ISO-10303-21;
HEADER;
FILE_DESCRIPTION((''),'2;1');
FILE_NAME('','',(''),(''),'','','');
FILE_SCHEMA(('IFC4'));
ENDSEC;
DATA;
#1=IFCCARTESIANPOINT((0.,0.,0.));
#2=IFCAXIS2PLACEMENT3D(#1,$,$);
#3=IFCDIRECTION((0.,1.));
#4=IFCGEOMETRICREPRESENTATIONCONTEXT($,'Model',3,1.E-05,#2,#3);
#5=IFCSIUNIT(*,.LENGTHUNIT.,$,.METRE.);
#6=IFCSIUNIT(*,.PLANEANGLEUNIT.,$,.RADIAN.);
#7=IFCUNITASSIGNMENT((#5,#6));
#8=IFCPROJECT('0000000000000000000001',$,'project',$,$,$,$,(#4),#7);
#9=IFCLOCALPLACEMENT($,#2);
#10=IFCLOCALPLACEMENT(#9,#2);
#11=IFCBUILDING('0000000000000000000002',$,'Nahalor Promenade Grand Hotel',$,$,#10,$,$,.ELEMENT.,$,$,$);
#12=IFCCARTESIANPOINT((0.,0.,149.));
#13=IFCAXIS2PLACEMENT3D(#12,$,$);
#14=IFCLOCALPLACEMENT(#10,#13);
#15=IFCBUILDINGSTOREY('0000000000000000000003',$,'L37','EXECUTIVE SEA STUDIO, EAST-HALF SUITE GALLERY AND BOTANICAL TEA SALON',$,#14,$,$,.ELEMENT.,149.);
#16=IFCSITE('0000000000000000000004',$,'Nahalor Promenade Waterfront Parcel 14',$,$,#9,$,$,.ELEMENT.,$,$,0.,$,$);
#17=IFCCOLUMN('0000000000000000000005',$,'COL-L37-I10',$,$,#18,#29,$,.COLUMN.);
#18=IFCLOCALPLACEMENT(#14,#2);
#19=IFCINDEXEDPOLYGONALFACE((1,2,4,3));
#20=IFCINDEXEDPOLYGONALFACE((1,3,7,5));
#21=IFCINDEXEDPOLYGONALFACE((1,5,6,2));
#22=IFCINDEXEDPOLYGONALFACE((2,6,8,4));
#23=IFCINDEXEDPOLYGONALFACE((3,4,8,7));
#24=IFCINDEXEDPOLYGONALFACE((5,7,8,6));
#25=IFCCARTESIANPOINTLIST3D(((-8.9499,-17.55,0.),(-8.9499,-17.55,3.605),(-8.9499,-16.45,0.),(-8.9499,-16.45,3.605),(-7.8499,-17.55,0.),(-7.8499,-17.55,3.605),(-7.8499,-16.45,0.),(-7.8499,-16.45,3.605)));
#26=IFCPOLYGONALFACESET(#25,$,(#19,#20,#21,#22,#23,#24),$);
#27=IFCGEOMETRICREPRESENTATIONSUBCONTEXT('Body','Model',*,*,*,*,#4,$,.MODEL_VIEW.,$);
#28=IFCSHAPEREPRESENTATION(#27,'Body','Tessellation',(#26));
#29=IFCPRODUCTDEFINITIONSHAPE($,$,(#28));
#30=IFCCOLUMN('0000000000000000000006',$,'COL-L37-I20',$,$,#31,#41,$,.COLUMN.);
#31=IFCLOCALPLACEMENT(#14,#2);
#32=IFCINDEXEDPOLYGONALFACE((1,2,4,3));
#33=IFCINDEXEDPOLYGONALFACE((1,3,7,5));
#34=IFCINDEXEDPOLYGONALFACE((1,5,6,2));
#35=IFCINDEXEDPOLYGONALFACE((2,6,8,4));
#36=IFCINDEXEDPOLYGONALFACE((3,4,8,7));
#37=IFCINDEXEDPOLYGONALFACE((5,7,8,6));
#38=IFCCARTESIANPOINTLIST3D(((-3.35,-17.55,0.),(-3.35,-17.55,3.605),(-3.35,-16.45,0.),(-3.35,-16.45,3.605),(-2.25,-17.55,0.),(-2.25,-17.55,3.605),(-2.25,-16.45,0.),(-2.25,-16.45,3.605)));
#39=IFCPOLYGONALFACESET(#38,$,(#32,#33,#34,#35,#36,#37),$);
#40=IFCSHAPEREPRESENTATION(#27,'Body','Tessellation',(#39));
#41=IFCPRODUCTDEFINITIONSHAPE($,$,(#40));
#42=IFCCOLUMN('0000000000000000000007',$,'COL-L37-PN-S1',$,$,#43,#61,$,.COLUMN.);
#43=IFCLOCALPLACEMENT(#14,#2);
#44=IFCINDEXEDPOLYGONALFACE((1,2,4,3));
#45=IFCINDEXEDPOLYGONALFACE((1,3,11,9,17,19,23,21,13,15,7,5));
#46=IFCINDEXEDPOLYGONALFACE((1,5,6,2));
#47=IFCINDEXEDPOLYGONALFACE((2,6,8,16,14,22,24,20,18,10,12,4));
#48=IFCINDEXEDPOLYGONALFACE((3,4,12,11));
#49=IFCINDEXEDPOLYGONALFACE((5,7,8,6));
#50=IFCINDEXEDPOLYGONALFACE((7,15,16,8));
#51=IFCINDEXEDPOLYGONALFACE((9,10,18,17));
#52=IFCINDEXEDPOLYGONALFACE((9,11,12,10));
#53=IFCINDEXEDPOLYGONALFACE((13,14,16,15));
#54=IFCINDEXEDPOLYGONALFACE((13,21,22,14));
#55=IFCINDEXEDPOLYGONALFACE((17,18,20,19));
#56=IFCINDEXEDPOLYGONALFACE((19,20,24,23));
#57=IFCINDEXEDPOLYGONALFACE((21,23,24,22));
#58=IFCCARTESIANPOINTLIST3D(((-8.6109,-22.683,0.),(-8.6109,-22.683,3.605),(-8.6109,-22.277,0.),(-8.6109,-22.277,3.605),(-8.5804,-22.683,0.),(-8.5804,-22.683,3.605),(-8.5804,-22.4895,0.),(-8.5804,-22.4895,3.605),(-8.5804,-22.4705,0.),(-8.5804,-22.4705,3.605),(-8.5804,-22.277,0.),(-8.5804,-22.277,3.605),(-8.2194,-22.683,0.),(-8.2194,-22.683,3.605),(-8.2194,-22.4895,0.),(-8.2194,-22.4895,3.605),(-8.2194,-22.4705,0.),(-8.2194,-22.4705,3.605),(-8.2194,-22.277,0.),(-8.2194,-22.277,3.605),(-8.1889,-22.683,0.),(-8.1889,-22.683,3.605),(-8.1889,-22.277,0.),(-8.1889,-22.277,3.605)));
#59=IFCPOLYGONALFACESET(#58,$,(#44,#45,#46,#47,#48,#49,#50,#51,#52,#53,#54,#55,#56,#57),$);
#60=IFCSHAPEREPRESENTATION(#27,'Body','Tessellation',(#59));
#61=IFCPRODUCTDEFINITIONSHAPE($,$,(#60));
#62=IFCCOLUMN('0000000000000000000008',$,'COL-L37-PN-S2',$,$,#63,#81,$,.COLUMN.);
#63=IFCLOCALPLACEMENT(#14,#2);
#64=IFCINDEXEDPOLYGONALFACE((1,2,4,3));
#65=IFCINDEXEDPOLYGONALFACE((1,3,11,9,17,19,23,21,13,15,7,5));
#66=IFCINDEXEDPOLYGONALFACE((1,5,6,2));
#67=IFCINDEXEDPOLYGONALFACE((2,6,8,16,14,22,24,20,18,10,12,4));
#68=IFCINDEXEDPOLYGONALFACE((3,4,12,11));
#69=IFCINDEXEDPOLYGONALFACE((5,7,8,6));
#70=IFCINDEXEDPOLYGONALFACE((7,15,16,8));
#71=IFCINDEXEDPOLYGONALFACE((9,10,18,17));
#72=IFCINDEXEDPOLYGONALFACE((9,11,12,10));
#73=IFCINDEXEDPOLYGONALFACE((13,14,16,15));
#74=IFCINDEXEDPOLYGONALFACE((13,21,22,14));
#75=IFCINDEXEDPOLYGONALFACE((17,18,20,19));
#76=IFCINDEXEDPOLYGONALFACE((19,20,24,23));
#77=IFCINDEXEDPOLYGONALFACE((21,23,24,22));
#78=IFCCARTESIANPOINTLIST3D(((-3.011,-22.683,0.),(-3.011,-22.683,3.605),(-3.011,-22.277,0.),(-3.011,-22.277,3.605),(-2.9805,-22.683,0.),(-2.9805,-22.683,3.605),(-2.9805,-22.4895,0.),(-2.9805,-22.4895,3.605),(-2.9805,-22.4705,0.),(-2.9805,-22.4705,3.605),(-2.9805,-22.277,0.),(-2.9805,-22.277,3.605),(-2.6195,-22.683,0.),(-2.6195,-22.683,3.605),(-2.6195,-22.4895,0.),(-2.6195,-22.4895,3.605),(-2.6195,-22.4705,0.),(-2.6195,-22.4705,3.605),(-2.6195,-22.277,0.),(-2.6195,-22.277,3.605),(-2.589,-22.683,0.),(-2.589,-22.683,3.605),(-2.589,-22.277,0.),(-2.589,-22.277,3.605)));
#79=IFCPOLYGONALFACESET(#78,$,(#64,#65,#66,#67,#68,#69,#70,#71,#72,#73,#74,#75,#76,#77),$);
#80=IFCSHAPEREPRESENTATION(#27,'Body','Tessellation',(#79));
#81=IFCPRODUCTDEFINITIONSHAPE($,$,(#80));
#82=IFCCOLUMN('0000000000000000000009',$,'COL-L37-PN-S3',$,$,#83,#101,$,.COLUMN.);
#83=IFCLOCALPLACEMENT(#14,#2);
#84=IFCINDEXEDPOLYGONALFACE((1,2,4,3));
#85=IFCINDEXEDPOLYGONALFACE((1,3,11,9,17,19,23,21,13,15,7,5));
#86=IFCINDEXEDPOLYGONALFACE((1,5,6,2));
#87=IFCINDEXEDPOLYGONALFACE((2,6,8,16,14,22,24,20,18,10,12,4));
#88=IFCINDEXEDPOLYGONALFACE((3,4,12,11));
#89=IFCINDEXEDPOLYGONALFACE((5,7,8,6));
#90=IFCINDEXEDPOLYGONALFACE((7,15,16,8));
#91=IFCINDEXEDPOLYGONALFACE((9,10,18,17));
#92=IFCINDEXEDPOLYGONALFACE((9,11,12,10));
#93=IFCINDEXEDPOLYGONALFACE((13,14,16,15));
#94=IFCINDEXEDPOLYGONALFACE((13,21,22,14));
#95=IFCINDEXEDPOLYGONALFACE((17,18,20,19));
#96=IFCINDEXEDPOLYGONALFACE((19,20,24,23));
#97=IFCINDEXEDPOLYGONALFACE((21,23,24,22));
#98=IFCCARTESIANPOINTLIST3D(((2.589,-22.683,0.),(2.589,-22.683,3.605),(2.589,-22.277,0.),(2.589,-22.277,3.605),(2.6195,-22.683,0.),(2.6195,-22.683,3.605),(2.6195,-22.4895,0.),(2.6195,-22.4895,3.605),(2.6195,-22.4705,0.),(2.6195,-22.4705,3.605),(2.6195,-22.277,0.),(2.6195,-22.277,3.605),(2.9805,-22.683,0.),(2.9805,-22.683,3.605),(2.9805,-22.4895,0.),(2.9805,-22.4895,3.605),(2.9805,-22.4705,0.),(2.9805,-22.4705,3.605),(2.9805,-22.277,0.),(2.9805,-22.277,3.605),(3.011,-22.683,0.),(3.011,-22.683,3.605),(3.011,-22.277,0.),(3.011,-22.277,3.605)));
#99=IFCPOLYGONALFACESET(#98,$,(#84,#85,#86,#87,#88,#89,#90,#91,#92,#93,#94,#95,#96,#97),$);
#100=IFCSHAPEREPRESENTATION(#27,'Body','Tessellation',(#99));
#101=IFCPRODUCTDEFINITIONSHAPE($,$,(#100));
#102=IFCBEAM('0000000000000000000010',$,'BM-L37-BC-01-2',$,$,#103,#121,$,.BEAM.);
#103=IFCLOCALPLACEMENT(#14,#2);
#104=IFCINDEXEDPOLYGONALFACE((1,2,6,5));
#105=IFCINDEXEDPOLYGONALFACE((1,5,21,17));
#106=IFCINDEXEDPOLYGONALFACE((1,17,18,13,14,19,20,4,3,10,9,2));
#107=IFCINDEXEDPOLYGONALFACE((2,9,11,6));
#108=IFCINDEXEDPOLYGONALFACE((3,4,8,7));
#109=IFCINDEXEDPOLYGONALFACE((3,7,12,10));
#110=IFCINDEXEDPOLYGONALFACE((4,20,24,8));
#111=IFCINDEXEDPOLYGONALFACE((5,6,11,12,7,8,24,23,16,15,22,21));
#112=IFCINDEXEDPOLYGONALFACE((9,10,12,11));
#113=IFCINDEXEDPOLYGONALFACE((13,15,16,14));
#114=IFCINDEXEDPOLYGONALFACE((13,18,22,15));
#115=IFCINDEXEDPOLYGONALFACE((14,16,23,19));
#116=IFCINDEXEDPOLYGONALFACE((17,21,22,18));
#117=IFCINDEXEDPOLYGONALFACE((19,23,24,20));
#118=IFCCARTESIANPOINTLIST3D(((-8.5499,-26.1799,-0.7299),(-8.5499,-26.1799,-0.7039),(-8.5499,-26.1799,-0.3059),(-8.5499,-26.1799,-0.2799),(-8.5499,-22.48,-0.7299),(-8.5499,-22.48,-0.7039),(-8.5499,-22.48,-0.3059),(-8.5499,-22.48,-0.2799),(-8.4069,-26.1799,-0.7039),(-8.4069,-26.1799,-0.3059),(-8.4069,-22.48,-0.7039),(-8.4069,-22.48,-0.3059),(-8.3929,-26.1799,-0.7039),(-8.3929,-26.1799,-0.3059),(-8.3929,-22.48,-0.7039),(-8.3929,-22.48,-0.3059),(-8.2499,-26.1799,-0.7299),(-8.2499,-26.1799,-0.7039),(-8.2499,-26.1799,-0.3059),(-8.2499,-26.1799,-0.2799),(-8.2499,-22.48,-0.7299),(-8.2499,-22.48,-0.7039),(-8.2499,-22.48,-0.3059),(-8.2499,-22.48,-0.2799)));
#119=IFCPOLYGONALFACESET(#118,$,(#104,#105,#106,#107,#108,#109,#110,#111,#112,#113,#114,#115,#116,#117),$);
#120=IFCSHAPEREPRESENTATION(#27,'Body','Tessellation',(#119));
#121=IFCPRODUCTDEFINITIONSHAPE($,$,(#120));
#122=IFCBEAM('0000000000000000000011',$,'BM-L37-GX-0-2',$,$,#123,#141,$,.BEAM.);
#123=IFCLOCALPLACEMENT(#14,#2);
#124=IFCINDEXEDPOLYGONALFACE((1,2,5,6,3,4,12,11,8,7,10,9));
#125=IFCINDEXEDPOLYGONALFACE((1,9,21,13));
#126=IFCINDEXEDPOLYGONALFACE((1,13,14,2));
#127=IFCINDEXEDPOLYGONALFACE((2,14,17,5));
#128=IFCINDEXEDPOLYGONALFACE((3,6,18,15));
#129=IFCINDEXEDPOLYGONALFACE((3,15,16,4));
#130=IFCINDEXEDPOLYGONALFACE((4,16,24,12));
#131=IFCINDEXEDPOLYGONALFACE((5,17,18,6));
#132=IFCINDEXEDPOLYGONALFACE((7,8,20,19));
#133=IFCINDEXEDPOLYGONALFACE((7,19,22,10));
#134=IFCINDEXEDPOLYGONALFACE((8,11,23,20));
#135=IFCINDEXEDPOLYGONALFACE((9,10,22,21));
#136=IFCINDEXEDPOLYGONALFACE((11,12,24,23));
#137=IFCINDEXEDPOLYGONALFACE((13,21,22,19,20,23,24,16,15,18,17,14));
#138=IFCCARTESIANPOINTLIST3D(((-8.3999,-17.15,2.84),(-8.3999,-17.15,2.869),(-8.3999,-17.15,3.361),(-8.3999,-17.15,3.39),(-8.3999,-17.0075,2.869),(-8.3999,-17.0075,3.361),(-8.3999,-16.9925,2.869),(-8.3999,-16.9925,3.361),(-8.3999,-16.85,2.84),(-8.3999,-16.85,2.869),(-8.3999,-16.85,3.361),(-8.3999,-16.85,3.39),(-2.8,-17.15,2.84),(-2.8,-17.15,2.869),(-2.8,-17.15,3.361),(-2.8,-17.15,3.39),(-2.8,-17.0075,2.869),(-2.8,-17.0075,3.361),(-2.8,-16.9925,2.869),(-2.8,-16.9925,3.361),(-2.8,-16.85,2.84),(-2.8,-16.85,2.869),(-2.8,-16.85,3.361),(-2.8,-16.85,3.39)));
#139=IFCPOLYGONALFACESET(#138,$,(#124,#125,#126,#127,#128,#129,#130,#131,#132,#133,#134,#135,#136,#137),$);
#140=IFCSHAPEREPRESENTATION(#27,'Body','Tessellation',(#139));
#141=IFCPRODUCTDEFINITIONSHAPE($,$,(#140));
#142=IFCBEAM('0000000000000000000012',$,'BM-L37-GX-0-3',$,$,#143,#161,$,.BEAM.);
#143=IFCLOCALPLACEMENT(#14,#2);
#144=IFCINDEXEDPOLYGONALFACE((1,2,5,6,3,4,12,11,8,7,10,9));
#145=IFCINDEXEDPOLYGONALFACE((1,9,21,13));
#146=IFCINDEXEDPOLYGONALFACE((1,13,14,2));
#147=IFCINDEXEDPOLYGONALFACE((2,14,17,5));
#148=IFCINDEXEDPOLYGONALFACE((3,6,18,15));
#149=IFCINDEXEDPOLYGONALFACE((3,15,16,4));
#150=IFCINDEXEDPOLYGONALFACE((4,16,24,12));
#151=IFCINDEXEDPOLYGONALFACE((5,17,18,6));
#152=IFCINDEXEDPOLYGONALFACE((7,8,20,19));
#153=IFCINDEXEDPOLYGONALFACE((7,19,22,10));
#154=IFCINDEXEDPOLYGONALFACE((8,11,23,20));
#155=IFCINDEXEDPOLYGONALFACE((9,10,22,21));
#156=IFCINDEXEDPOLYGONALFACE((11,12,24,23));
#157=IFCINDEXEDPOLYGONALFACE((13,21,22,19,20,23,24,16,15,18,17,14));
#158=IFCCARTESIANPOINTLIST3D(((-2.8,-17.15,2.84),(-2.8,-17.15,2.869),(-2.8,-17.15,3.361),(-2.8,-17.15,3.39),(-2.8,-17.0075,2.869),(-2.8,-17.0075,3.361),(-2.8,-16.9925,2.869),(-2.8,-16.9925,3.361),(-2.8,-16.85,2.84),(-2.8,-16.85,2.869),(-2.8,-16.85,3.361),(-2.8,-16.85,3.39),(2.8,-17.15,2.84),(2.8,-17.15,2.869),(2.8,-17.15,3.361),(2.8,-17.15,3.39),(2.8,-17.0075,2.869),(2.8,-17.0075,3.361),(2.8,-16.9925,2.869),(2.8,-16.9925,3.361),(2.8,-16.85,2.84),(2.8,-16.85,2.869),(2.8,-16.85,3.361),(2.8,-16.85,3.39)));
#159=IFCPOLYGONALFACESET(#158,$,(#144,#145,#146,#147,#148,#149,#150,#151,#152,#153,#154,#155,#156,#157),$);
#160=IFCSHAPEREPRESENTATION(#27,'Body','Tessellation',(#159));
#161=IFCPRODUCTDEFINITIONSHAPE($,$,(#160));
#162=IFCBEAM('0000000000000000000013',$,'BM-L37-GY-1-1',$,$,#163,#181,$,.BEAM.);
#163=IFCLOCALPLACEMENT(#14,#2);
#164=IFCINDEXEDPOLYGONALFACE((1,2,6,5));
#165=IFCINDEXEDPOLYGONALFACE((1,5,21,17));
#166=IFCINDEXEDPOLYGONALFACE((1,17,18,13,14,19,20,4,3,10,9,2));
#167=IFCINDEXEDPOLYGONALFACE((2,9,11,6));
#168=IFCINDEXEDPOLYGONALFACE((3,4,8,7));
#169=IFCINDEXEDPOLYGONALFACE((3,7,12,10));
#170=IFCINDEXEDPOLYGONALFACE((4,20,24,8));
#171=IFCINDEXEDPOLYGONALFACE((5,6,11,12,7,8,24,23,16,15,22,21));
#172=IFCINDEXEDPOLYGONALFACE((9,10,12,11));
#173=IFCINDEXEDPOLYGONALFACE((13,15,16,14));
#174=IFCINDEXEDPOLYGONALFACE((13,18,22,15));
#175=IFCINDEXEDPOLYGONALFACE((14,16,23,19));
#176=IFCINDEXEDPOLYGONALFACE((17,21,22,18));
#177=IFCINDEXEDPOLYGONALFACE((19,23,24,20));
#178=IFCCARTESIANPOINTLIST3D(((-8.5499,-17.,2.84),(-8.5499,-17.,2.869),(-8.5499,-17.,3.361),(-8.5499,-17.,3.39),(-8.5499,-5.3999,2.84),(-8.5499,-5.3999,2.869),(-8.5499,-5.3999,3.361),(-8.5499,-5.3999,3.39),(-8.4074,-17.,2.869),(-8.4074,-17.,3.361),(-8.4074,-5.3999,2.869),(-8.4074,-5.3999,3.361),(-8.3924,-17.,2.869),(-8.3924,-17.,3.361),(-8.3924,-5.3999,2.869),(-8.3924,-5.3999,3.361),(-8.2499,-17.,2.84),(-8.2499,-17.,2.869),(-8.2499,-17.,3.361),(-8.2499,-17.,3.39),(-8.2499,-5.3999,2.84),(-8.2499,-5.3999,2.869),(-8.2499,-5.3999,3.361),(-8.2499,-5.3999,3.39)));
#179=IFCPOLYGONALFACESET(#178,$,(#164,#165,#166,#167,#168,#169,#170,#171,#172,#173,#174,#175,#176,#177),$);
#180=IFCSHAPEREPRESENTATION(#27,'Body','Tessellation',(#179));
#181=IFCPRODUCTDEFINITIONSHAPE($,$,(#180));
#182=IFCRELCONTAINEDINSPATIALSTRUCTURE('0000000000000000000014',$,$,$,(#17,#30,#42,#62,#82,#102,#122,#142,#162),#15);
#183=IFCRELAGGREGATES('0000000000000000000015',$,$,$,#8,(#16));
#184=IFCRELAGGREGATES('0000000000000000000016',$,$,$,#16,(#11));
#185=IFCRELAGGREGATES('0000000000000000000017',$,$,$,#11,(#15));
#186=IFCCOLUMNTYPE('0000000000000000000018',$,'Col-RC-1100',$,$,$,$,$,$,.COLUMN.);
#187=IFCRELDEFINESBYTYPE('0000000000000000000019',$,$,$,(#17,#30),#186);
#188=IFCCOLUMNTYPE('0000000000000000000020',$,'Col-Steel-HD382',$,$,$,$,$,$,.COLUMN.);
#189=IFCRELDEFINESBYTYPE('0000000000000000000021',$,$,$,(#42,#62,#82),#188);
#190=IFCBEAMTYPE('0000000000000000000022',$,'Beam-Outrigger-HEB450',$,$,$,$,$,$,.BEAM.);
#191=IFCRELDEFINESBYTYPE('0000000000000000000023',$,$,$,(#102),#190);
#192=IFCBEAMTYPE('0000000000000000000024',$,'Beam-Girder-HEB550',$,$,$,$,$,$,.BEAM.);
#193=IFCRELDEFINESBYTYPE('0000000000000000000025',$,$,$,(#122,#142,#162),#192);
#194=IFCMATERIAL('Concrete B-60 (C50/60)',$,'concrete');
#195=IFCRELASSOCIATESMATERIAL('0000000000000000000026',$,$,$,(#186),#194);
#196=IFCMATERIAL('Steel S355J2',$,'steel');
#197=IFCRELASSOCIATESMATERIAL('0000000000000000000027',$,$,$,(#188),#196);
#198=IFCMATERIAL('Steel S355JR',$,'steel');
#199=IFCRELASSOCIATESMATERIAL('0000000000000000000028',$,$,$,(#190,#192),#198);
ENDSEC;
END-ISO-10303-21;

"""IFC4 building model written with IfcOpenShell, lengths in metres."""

from ifc_helpers import new_model, si_unit, direction, frame, origin, origin_2d, place, context, subcontext, project, spatial, rectangle, i_section, extrude, source, transform, mapped, material, material_profile, profile_set, type_object, element, save


model = new_model("IFC4")

# Units and contexts
model_context = context("Model", 3, precision=1e-05, world=origin(), true_north=direction((0.0, 1.0)))
body_context = subcontext(model_context, "Body", "Model", "MODEL_VIEW")
ifc_project = project(units=[si_unit("LENGTHUNIT", "METRE"), si_unit("PLANEANGLEUNIT", "RADIAN")], contexts=[model_context])

# Site, building, storey
site_placement = place(None, origin())
site = spatial("IfcSite", under=ifc_project, at=site_placement, Name="Nahalor Promenade Waterfront Parcel 14", CompositionType="ELEMENT", RefElevation=0.0)
building_placement = place(site_placement, origin())
building = spatial("IfcBuilding", under=site, at=building_placement, Name="Nahalor Promenade Grand Hotel", CompositionType="ELEMENT")
storey_placement = place(building_placement, frame((0.0, 0.0, 149.0)))
storey = spatial("IfcBuildingStorey", under=building, at=storey_placement, Name="L37", Description="EXECUTIVE SEA STUDIO, EAST-HALF SUITE GALLERY AND BOTANICAL TEA SALON", CompositionType="ELEMENT", Elevation=149.0)

# Columns
ifc_material_1 = material(Name="Concrete B-60 (C50/60)", Category="concrete")
ifc_material_profile_1 = material_profile(ifc_material_1, rectangle(XDim=1.1, YDim=1.1, at=origin_2d()), Name="RC 1100x1100")
ifc_profile_set_1 = profile_set([ifc_material_profile_1], Name="Concrete B-60 (C50/60)")
column_type_1 = type_object("IfcColumnType", Name="Col-RC-1100", PredefinedType="COLUMN", material=ifc_profile_set_1)
shared_shape_1 = source(origin(), body_context, "Body", "SweptSolid", [
    extrude(rectangle(XDim=1.1, YDim=1.1, at=origin_2d()), origin(), (0.0, 0.0, 1.0), 3.605),
])
for number, where, z_axis, x_axis, name in (
    (1, (-8.3999, -17.0, 0.0), (0.0, 0.0, 1.0), (1.0, 0.0, 0.0), "COL-L37-I10"),
    (2, (-2.8, -17.0, 0.0), (0.0, 0.0, 1.0), (1.0, 0.0, 0.0), "COL-L37-I20"),
):
    element("IfcColumn", number, at=place(storey_placement, frame(where, z_axis=z_axis, x_axis=x_axis)), inside=storey, type_object=column_type_1, Name=name, PredefinedType="COLUMN", context=body_context, shape_type="MappedRepresentation", body=[
        mapped(shared_shape_1, transform((0.0, 0.0, 0.0), scale=1.0)),
    ])
ifc_material_2 = material(Name="Steel S355J2", Category="steel")
ifc_material_profile_2 = material_profile(ifc_material_2, i_section(OverallWidth=0.406, OverallDepth=0.422, WebThickness=0.019, FlangeThickness=0.0305, at=origin_2d()), Name="HD 400x382")
ifc_profile_set_2 = profile_set([ifc_material_profile_2], Name="Steel S355J2")
column_type_2 = type_object("IfcColumnType", Name="Col-Steel-HD382", PredefinedType="COLUMN", material=ifc_profile_set_2)
shared_shape_2 = source(origin(), body_context, "Body", "SweptSolid", [
    extrude(i_section(OverallWidth=0.406, OverallDepth=0.422, WebThickness=0.019, FlangeThickness=0.0305, at=origin_2d()), origin(), (0.0, 0.0, 1.0), 3.605),
])
for number, where, z_axis, x_axis, name in (
    (3, (-8.3999, -22.48, 0.0), (0.0, 0.0, 1.0), (0.0, 1.0, 0.0), "COL-L37-PN-S1"),
    (4, (-2.8, -22.48, 0.0), (0.0, 0.0, 1.0), (0.0, 1.0, 0.0), "COL-L37-PN-S2"),
    (5, (2.8, -22.48, 0.0), (0.0, 0.0, 1.0), (0.0, 1.0, 0.0), "COL-L37-PN-S3"),
):
    element("IfcColumn", number, at=place(storey_placement, frame(where, z_axis=z_axis, x_axis=x_axis)), inside=storey, type_object=column_type_2, Name=name, PredefinedType="COLUMN", context=body_context, shape_type="MappedRepresentation", body=[
        mapped(shared_shape_2, transform((0.0, 0.0, 0.0), scale=1.0)),
    ])

# Beams
ifc_material_3 = material(Name="Steel S355JR", Category="steel")
ifc_material_profile_3 = material_profile(ifc_material_3, i_section(OverallWidth=0.3, OverallDepth=0.45, WebThickness=0.014, FlangeThickness=0.026, at=origin_2d()), Name="HEB 450")
ifc_profile_set_3 = profile_set([ifc_material_profile_3], Name="Steel S355JR")
beam_type_1 = type_object("IfcBeamType", Name="Beam-Outrigger-HEB450", PredefinedType="BEAM", material=ifc_profile_set_3)
shared_shape_3 = source(origin(), body_context, "Body", "SweptSolid", [
    extrude(i_section(OverallWidth=0.3, OverallDepth=0.45, WebThickness=0.014, FlangeThickness=0.026, at=origin_2d()), origin(), (0.0, 0.0, 1.0), 3.7),
])
beam_1_placement = place(storey_placement, frame((-8.3999, -26.1799, -0.5049), z_axis=(0.0, 1.0, 0.0), x_axis=(-1.0, 0.0, 0.0)))
element("IfcBeam", 6, at=beam_1_placement, inside=storey, type_object=beam_type_1, Name="BM-L37-BC-01-2", PredefinedType="BEAM", context=body_context, shape_type="MappedRepresentation", body=[
    mapped(shared_shape_3, transform((0.0, 0.0, 0.0), scale=1.0)),
])
ifc_material_profile_4 = material_profile(ifc_material_3, i_section(OverallWidth=0.3, OverallDepth=0.55, WebThickness=0.015, FlangeThickness=0.029, at=origin_2d()), Name="HEB 550")
ifc_profile_set_4 = profile_set([ifc_material_profile_4], Name="Steel S355JR")
beam_type_2 = type_object("IfcBeamType", Name="Beam-Girder-HEB550", PredefinedType="BEAM", material=ifc_profile_set_4)
shared_shape_4 = source(origin(), body_context, "Body", "SweptSolid", [
    extrude(i_section(OverallWidth=0.3, OverallDepth=0.55, WebThickness=0.015, FlangeThickness=0.029, at=origin_2d()), origin(), (0.0, 0.0, 1.0), 5.5999),
])
beam_2_placement = place(storey_placement, frame((-8.3999, -17.0, 3.115), z_axis=(1.0, 0.0, 0.0), x_axis=(0.0, 1.0, 0.0)))
element("IfcBeam", 7, at=beam_2_placement, inside=storey, type_object=beam_type_2, Name="BM-L37-GX-0-2", PredefinedType="BEAM", context=body_context, shape_type="MappedRepresentation", body=[
    mapped(shared_shape_4, transform((0.0, 0.0, 0.0), scale=1.0)),
])
shared_shape_5 = source(origin(), body_context, "Body", "SweptSolid", [
    extrude(i_section(OverallWidth=0.3, OverallDepth=0.55, WebThickness=0.015, FlangeThickness=0.029, at=origin_2d()), origin(), (0.0, 0.0, 1.0), 5.6001),
])
beam_3_placement = place(storey_placement, frame((-2.8, -17.0, 3.115), z_axis=(1.0, 0.0, 0.0), x_axis=(0.0, 1.0, 0.0)))
element("IfcBeam", 8, at=beam_3_placement, inside=storey, type_object=beam_type_2, Name="BM-L37-GX-0-3", PredefinedType="BEAM", context=body_context, shape_type="MappedRepresentation", body=[
    mapped(shared_shape_5, transform((0.0, 0.0, 0.0), scale=1.0)),
])
shared_shape_6 = source(origin(), body_context, "Body", "SweptSolid", [
    extrude(i_section(OverallWidth=0.3, OverallDepth=0.55, WebThickness=0.015, FlangeThickness=0.029, at=origin_2d()), origin(), (0.0, 0.0, 1.0), 11.6001),
])
beam_4_placement = place(storey_placement, frame((-8.3999, -17.0, 3.115), z_axis=(0.0, 1.0, 0.0), x_axis=(-1.0, 0.0, 0.0)))
element("IfcBeam", 9, at=beam_4_placement, inside=storey, type_object=beam_type_2, Name="BM-L37-GY-1-1", PredefinedType="BEAM", context=body_context, shape_type="MappedRepresentation", body=[
    mapped(shared_shape_6, transform((0.0, 0.0, 0.0), scale=1.0)),
])

save(model, "model.ifc")
